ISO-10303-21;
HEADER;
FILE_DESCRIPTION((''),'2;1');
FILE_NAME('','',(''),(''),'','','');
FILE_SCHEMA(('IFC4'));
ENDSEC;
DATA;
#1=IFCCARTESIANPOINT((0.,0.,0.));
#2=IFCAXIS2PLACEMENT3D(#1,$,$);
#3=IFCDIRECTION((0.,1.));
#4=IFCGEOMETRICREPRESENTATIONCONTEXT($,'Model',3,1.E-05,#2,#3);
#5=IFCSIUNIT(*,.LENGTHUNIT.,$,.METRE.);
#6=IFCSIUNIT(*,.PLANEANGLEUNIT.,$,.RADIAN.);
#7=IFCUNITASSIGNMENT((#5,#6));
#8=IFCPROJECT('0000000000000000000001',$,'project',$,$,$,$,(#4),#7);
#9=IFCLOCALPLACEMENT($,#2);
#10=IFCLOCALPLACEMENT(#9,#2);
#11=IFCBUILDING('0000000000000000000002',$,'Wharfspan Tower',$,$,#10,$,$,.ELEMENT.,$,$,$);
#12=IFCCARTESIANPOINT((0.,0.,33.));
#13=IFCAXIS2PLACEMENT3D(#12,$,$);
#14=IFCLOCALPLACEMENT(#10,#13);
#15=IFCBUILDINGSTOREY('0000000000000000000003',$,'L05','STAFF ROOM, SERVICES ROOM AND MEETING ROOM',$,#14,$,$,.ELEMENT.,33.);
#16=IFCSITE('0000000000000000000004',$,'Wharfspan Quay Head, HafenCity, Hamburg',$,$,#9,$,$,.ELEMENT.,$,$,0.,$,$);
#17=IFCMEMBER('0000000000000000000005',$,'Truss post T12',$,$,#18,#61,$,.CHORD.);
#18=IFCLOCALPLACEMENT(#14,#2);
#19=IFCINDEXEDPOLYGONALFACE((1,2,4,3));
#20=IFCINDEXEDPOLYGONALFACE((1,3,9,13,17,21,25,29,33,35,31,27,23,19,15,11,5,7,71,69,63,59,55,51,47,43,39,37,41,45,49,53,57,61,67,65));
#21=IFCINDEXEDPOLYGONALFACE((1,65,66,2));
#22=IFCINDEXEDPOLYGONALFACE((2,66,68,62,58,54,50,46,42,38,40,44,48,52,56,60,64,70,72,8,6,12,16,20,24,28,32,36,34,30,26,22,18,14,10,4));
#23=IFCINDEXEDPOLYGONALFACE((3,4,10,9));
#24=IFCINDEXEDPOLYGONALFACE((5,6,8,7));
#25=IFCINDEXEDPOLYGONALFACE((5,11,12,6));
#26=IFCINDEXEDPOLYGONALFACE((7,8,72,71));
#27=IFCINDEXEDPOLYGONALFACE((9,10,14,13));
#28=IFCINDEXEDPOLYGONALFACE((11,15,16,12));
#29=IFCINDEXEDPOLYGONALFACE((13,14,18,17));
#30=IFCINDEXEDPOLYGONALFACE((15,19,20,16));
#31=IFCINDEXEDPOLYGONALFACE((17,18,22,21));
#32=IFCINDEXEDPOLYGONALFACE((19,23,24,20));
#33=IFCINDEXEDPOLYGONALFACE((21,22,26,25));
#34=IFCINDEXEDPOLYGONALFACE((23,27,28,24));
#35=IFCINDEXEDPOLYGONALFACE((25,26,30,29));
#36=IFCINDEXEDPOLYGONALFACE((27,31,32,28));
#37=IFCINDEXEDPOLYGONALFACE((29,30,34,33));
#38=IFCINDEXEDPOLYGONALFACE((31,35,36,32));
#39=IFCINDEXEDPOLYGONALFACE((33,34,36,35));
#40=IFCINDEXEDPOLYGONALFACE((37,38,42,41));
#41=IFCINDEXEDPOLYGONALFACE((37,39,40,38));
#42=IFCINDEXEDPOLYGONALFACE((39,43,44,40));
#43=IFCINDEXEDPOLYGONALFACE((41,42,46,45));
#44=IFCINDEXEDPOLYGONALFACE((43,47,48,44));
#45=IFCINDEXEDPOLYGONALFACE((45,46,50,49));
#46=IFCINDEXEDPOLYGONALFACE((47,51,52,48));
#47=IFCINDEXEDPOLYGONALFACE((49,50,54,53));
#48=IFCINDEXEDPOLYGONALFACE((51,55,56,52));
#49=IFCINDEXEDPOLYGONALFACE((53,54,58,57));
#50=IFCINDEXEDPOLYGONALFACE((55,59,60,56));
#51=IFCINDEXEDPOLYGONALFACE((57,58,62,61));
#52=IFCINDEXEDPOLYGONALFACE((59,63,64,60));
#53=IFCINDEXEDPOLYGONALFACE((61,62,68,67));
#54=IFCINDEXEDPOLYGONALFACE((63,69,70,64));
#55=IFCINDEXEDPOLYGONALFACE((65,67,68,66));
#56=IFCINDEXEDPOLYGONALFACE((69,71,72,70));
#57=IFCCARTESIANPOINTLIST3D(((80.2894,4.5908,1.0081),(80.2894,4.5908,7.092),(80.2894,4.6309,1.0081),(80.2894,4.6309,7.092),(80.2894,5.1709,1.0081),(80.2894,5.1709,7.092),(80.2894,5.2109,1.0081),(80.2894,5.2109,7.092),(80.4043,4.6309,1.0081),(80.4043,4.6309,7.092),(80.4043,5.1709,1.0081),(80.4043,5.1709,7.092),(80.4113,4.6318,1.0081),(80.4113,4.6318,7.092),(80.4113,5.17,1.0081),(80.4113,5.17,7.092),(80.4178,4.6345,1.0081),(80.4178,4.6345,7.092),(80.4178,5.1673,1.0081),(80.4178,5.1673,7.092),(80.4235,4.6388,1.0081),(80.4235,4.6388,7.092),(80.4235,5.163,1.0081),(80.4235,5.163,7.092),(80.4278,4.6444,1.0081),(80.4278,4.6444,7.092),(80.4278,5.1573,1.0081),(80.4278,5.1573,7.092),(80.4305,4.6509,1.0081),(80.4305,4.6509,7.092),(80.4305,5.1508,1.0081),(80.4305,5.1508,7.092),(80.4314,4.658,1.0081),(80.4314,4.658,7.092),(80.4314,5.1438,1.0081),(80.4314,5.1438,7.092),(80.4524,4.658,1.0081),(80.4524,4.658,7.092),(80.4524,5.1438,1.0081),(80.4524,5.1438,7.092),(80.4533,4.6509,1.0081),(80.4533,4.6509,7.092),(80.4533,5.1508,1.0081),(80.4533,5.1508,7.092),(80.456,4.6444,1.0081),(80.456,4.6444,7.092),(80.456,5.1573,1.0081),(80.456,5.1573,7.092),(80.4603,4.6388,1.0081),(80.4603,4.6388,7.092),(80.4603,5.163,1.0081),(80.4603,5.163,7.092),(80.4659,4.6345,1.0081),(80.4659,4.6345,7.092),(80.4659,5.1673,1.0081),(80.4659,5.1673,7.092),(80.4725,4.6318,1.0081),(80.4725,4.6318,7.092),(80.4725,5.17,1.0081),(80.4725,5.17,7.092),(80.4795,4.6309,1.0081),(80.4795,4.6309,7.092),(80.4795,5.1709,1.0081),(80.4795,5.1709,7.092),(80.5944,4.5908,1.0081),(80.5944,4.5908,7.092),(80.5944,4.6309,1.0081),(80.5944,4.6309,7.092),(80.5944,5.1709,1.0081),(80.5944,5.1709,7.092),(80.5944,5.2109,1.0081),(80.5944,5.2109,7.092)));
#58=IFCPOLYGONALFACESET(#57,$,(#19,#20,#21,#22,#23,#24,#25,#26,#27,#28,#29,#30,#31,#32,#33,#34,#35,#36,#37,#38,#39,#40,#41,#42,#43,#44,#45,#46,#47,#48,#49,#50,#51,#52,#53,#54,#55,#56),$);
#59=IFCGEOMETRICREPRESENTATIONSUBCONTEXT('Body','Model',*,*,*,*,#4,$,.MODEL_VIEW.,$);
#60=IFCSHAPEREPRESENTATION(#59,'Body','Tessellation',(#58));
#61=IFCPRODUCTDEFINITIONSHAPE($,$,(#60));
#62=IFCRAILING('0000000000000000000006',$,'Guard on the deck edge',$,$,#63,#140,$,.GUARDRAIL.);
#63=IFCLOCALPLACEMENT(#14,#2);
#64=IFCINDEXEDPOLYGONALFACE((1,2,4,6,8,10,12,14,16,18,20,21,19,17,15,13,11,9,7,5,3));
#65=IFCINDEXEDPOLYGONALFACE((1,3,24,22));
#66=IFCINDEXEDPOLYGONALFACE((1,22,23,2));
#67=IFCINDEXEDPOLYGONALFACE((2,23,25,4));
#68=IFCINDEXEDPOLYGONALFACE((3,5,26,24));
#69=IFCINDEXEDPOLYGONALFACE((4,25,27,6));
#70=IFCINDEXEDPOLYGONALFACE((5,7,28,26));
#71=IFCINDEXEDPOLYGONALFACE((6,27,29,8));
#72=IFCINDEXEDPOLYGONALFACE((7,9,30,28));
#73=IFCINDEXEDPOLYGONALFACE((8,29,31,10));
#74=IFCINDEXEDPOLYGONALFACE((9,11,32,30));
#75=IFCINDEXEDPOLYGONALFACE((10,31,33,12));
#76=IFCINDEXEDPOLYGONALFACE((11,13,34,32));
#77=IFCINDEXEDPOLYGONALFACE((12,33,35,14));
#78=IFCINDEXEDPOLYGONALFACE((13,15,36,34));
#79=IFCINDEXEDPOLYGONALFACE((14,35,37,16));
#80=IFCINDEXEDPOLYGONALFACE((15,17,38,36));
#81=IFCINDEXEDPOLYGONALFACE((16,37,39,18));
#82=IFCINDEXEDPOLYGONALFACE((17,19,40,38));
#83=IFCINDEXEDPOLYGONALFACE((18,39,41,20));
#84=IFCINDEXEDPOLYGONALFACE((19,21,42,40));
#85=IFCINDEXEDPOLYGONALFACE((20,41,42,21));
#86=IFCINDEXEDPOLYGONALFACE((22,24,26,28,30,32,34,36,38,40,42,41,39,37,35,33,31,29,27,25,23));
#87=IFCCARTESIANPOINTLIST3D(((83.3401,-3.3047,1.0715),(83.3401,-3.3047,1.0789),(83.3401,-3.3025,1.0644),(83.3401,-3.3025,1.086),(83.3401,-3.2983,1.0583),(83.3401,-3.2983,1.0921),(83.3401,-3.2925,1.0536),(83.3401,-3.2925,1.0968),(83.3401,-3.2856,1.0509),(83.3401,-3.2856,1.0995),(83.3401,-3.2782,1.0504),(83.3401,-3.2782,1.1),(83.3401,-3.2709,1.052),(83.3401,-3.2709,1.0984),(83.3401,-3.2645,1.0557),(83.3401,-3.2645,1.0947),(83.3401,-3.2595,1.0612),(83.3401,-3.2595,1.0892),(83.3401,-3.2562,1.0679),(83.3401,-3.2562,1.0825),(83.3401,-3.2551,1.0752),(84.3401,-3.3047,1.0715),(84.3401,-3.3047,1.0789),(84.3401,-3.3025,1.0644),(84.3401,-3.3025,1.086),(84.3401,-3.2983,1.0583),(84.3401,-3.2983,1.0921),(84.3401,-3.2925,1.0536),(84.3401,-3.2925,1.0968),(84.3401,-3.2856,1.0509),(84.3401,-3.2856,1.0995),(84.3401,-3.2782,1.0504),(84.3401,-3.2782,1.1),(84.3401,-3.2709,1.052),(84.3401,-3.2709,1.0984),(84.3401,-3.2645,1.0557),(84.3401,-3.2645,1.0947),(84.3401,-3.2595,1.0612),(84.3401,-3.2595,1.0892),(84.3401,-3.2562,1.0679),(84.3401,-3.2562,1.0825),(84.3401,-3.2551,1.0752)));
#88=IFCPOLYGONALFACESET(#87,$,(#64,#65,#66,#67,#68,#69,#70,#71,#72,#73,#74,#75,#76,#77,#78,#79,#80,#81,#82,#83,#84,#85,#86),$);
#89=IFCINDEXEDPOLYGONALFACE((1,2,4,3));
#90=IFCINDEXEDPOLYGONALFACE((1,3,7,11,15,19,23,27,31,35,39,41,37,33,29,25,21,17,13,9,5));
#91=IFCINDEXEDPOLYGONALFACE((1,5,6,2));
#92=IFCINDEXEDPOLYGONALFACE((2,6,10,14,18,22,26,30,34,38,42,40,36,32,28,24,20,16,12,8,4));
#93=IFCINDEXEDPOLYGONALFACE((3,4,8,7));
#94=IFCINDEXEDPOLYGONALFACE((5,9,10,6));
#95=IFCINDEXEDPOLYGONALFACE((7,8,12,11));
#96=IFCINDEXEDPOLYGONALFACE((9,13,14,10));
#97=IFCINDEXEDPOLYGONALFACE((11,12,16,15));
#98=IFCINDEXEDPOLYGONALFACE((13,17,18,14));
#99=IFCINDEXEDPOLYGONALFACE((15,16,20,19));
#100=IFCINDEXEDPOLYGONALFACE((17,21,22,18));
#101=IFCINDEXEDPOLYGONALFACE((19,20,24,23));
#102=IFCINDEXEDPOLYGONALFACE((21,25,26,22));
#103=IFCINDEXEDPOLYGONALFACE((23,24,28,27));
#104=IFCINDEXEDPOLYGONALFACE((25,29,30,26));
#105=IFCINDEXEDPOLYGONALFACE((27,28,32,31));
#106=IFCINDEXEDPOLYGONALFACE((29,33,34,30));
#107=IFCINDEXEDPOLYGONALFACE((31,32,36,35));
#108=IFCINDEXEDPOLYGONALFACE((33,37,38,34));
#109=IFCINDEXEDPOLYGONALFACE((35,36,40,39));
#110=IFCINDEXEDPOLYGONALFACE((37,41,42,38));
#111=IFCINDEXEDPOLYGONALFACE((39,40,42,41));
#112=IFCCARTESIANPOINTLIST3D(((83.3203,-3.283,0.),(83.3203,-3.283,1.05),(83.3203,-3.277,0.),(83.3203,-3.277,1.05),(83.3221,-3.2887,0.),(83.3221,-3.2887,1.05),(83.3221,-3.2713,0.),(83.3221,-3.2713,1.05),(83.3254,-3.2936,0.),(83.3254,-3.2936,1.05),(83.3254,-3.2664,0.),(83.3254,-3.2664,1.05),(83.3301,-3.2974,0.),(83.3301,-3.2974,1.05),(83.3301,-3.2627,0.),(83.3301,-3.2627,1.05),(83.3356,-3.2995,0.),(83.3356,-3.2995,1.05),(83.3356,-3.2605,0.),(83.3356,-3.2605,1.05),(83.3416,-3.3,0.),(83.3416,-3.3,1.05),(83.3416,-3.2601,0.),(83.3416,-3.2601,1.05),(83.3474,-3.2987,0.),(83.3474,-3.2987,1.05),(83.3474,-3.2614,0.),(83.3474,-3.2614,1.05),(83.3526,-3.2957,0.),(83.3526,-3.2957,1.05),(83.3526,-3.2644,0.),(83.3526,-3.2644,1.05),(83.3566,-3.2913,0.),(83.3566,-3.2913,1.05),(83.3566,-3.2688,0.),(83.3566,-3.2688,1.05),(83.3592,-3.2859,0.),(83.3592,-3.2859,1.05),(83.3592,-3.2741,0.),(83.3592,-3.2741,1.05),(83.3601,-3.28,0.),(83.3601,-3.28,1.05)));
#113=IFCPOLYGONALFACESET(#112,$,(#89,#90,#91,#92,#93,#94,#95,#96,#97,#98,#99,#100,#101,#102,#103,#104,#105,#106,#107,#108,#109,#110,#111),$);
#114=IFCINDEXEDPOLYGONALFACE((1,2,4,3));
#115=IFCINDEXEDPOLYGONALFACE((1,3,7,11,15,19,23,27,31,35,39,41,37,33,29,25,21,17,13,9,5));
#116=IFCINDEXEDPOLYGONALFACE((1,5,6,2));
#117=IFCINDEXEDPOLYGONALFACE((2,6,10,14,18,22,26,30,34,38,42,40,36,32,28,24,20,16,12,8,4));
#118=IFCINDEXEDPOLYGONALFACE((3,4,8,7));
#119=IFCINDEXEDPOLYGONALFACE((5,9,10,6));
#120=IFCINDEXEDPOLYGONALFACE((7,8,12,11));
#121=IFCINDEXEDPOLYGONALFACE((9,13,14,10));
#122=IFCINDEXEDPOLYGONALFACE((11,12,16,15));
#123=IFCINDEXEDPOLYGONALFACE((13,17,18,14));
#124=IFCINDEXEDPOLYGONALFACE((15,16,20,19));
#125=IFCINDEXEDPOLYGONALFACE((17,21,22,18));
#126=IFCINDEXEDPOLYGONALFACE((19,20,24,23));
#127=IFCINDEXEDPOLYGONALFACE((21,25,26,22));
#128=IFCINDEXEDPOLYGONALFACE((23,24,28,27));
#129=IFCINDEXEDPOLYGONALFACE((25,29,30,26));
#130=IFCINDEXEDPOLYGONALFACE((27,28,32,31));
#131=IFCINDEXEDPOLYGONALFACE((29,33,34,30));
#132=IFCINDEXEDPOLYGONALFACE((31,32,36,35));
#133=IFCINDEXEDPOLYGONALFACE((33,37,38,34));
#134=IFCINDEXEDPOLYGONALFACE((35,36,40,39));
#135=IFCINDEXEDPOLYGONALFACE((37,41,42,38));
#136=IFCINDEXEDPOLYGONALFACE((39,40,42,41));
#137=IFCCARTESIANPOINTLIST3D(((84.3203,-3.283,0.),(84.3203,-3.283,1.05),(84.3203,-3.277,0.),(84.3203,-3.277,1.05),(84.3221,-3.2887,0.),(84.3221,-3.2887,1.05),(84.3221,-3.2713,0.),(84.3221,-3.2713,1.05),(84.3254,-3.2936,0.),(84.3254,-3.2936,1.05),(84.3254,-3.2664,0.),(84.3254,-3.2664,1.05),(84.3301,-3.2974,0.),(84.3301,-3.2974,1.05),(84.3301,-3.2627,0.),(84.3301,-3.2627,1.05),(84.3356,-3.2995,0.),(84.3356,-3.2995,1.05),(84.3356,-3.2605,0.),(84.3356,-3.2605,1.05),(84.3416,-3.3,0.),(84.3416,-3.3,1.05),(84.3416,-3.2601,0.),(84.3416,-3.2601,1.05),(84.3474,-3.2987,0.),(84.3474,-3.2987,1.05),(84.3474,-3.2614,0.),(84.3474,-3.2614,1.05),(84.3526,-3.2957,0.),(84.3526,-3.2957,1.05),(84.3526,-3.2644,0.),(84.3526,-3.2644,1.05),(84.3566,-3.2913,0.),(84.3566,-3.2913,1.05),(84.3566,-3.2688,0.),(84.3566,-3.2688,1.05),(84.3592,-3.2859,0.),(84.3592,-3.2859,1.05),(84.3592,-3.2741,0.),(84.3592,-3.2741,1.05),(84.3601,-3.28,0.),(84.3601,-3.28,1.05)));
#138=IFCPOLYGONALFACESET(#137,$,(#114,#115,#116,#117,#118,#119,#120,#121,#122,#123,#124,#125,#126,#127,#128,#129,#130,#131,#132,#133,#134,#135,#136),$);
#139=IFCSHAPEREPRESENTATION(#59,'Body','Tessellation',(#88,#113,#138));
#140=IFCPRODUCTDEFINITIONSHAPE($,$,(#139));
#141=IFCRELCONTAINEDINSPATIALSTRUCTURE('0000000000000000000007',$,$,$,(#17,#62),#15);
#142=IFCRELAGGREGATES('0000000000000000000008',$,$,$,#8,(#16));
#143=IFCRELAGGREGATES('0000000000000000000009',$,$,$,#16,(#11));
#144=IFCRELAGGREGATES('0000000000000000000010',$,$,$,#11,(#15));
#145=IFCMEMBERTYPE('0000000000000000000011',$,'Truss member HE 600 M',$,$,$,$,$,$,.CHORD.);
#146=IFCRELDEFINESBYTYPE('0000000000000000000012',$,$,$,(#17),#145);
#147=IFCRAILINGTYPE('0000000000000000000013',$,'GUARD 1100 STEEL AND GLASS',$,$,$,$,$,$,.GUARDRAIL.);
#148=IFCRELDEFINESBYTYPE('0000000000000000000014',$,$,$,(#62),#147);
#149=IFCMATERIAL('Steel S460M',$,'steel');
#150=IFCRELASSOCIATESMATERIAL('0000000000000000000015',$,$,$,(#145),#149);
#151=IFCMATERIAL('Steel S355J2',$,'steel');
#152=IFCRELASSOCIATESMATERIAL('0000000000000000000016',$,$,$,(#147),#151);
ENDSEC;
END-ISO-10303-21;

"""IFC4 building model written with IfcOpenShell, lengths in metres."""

from ifc_helpers import new_model, si_unit, direction, frame, origin, origin_2d, place, context, subcontext, project, spatial, circle, i_section, extrude, material, material_profile, profile_set, type_object, element, save


model = new_model("IFC4")

# Units and contexts
model_context = context("Model", 3, precision=1e-05, world=origin(), true_north=direction((0.0, 1.0)))
body_context = subcontext(model_context, "Body", "Model", "MODEL_VIEW")
ifc_project = project(units=[si_unit("LENGTHUNIT", "METRE"), si_unit("PLANEANGLEUNIT", "RADIAN")], contexts=[model_context])

# Site, building, storey
site_placement = place(None, origin())
site = spatial("IfcSite", under=ifc_project, at=site_placement, Name="Wharfspan Quay Head, HafenCity, Hamburg", CompositionType="ELEMENT", RefElevation=0.0)
building_placement = place(site_placement, origin())
building = spatial("IfcBuilding", under=site, at=building_placement, Name="Wharfspan Tower", CompositionType="ELEMENT")
storey_placement = place(building_placement, frame((0.0, 0.0, 33.0)))
storey = spatial("IfcBuildingStorey", under=building, at=storey_placement, Name="L05", Description="STAFF ROOM, SERVICES ROOM AND MEETING ROOM", CompositionType="ELEMENT", Elevation=33.0)

# Shared definitions
ifc_material_1 = material(Name="Steel S460M", Category="steel")

# Member
ifc_material_profile_1 = material_profile(ifc_material_1, i_section(OverallWidth=0.3049, OverallDepth=0.6201, WebThickness=0.021, FlangeThickness=0.04, FilletRadius=0.0271, at=origin_2d()))
ifc_profile_set_1 = profile_set([ifc_material_profile_1], Name="Steel S460M")
member_type_1 = type_object("IfcMemberType", Name="Truss member HE 600 M", PredefinedType="CHORD", material=ifc_profile_set_1)
for number, where, z_axis, x_axis, name in (
    (1, (80.4419, 4.9009, 1.0081), (0.0, 0.0, 1.0), (1.0, 0.0, 0.0), "Truss post T12"),
):
    element("IfcMember", number, at=place(storey_placement, frame(where, z_axis=z_axis, x_axis=x_axis)), inside=storey, type_object=member_type_1, Name=name, PredefinedType="CHORD", context=body_context, shape_type="SweptSolid", body=[
        extrude(i_section(OverallWidth=0.3049, OverallDepth=0.6201, WebThickness=0.021, FlangeThickness=0.04, FilletRadius=0.0271, at=origin_2d()), origin(), (0.0, 0.0, 1.0), 6.084),
    ])

# Railing
ifc_material_2 = material(Name="Steel S355J2", Category="steel")
railing_type = type_object("IfcRailingType", Name="GUARD 1100 STEEL AND GLASS", PredefinedType="GUARDRAIL", material=ifc_material_2)
railing_1_placement = place(storey_placement, frame((83.3401, -3.28, 0.0)))
element("IfcRailing", 2, at=railing_1_placement, inside=storey, type_object=railing_type, Name="Guard on the deck edge", PredefinedType="GUARDRAIL", context=body_context, shape_type="SweptSolid", body=[
    extrude(circle(Radius=0.0249, at=origin_2d()), frame((0.0, 0.0, 1.0752), z_axis=(1.0, 0.0, 0.0), x_axis=(0.0, 1.0, 0.0)), (0.0, 0.0, 1.0), 1.0),
    extrude(circle(Radius=0.02, at=origin_2d()), origin(), (0.0, 0.0, 1.0), 1.05),
    extrude(circle(Radius=0.02, at=origin_2d()), frame((1.0, 0.0, 0.0)), (0.0, 0.0, 1.0), 1.05),
])

save(model, "model.ifc")
